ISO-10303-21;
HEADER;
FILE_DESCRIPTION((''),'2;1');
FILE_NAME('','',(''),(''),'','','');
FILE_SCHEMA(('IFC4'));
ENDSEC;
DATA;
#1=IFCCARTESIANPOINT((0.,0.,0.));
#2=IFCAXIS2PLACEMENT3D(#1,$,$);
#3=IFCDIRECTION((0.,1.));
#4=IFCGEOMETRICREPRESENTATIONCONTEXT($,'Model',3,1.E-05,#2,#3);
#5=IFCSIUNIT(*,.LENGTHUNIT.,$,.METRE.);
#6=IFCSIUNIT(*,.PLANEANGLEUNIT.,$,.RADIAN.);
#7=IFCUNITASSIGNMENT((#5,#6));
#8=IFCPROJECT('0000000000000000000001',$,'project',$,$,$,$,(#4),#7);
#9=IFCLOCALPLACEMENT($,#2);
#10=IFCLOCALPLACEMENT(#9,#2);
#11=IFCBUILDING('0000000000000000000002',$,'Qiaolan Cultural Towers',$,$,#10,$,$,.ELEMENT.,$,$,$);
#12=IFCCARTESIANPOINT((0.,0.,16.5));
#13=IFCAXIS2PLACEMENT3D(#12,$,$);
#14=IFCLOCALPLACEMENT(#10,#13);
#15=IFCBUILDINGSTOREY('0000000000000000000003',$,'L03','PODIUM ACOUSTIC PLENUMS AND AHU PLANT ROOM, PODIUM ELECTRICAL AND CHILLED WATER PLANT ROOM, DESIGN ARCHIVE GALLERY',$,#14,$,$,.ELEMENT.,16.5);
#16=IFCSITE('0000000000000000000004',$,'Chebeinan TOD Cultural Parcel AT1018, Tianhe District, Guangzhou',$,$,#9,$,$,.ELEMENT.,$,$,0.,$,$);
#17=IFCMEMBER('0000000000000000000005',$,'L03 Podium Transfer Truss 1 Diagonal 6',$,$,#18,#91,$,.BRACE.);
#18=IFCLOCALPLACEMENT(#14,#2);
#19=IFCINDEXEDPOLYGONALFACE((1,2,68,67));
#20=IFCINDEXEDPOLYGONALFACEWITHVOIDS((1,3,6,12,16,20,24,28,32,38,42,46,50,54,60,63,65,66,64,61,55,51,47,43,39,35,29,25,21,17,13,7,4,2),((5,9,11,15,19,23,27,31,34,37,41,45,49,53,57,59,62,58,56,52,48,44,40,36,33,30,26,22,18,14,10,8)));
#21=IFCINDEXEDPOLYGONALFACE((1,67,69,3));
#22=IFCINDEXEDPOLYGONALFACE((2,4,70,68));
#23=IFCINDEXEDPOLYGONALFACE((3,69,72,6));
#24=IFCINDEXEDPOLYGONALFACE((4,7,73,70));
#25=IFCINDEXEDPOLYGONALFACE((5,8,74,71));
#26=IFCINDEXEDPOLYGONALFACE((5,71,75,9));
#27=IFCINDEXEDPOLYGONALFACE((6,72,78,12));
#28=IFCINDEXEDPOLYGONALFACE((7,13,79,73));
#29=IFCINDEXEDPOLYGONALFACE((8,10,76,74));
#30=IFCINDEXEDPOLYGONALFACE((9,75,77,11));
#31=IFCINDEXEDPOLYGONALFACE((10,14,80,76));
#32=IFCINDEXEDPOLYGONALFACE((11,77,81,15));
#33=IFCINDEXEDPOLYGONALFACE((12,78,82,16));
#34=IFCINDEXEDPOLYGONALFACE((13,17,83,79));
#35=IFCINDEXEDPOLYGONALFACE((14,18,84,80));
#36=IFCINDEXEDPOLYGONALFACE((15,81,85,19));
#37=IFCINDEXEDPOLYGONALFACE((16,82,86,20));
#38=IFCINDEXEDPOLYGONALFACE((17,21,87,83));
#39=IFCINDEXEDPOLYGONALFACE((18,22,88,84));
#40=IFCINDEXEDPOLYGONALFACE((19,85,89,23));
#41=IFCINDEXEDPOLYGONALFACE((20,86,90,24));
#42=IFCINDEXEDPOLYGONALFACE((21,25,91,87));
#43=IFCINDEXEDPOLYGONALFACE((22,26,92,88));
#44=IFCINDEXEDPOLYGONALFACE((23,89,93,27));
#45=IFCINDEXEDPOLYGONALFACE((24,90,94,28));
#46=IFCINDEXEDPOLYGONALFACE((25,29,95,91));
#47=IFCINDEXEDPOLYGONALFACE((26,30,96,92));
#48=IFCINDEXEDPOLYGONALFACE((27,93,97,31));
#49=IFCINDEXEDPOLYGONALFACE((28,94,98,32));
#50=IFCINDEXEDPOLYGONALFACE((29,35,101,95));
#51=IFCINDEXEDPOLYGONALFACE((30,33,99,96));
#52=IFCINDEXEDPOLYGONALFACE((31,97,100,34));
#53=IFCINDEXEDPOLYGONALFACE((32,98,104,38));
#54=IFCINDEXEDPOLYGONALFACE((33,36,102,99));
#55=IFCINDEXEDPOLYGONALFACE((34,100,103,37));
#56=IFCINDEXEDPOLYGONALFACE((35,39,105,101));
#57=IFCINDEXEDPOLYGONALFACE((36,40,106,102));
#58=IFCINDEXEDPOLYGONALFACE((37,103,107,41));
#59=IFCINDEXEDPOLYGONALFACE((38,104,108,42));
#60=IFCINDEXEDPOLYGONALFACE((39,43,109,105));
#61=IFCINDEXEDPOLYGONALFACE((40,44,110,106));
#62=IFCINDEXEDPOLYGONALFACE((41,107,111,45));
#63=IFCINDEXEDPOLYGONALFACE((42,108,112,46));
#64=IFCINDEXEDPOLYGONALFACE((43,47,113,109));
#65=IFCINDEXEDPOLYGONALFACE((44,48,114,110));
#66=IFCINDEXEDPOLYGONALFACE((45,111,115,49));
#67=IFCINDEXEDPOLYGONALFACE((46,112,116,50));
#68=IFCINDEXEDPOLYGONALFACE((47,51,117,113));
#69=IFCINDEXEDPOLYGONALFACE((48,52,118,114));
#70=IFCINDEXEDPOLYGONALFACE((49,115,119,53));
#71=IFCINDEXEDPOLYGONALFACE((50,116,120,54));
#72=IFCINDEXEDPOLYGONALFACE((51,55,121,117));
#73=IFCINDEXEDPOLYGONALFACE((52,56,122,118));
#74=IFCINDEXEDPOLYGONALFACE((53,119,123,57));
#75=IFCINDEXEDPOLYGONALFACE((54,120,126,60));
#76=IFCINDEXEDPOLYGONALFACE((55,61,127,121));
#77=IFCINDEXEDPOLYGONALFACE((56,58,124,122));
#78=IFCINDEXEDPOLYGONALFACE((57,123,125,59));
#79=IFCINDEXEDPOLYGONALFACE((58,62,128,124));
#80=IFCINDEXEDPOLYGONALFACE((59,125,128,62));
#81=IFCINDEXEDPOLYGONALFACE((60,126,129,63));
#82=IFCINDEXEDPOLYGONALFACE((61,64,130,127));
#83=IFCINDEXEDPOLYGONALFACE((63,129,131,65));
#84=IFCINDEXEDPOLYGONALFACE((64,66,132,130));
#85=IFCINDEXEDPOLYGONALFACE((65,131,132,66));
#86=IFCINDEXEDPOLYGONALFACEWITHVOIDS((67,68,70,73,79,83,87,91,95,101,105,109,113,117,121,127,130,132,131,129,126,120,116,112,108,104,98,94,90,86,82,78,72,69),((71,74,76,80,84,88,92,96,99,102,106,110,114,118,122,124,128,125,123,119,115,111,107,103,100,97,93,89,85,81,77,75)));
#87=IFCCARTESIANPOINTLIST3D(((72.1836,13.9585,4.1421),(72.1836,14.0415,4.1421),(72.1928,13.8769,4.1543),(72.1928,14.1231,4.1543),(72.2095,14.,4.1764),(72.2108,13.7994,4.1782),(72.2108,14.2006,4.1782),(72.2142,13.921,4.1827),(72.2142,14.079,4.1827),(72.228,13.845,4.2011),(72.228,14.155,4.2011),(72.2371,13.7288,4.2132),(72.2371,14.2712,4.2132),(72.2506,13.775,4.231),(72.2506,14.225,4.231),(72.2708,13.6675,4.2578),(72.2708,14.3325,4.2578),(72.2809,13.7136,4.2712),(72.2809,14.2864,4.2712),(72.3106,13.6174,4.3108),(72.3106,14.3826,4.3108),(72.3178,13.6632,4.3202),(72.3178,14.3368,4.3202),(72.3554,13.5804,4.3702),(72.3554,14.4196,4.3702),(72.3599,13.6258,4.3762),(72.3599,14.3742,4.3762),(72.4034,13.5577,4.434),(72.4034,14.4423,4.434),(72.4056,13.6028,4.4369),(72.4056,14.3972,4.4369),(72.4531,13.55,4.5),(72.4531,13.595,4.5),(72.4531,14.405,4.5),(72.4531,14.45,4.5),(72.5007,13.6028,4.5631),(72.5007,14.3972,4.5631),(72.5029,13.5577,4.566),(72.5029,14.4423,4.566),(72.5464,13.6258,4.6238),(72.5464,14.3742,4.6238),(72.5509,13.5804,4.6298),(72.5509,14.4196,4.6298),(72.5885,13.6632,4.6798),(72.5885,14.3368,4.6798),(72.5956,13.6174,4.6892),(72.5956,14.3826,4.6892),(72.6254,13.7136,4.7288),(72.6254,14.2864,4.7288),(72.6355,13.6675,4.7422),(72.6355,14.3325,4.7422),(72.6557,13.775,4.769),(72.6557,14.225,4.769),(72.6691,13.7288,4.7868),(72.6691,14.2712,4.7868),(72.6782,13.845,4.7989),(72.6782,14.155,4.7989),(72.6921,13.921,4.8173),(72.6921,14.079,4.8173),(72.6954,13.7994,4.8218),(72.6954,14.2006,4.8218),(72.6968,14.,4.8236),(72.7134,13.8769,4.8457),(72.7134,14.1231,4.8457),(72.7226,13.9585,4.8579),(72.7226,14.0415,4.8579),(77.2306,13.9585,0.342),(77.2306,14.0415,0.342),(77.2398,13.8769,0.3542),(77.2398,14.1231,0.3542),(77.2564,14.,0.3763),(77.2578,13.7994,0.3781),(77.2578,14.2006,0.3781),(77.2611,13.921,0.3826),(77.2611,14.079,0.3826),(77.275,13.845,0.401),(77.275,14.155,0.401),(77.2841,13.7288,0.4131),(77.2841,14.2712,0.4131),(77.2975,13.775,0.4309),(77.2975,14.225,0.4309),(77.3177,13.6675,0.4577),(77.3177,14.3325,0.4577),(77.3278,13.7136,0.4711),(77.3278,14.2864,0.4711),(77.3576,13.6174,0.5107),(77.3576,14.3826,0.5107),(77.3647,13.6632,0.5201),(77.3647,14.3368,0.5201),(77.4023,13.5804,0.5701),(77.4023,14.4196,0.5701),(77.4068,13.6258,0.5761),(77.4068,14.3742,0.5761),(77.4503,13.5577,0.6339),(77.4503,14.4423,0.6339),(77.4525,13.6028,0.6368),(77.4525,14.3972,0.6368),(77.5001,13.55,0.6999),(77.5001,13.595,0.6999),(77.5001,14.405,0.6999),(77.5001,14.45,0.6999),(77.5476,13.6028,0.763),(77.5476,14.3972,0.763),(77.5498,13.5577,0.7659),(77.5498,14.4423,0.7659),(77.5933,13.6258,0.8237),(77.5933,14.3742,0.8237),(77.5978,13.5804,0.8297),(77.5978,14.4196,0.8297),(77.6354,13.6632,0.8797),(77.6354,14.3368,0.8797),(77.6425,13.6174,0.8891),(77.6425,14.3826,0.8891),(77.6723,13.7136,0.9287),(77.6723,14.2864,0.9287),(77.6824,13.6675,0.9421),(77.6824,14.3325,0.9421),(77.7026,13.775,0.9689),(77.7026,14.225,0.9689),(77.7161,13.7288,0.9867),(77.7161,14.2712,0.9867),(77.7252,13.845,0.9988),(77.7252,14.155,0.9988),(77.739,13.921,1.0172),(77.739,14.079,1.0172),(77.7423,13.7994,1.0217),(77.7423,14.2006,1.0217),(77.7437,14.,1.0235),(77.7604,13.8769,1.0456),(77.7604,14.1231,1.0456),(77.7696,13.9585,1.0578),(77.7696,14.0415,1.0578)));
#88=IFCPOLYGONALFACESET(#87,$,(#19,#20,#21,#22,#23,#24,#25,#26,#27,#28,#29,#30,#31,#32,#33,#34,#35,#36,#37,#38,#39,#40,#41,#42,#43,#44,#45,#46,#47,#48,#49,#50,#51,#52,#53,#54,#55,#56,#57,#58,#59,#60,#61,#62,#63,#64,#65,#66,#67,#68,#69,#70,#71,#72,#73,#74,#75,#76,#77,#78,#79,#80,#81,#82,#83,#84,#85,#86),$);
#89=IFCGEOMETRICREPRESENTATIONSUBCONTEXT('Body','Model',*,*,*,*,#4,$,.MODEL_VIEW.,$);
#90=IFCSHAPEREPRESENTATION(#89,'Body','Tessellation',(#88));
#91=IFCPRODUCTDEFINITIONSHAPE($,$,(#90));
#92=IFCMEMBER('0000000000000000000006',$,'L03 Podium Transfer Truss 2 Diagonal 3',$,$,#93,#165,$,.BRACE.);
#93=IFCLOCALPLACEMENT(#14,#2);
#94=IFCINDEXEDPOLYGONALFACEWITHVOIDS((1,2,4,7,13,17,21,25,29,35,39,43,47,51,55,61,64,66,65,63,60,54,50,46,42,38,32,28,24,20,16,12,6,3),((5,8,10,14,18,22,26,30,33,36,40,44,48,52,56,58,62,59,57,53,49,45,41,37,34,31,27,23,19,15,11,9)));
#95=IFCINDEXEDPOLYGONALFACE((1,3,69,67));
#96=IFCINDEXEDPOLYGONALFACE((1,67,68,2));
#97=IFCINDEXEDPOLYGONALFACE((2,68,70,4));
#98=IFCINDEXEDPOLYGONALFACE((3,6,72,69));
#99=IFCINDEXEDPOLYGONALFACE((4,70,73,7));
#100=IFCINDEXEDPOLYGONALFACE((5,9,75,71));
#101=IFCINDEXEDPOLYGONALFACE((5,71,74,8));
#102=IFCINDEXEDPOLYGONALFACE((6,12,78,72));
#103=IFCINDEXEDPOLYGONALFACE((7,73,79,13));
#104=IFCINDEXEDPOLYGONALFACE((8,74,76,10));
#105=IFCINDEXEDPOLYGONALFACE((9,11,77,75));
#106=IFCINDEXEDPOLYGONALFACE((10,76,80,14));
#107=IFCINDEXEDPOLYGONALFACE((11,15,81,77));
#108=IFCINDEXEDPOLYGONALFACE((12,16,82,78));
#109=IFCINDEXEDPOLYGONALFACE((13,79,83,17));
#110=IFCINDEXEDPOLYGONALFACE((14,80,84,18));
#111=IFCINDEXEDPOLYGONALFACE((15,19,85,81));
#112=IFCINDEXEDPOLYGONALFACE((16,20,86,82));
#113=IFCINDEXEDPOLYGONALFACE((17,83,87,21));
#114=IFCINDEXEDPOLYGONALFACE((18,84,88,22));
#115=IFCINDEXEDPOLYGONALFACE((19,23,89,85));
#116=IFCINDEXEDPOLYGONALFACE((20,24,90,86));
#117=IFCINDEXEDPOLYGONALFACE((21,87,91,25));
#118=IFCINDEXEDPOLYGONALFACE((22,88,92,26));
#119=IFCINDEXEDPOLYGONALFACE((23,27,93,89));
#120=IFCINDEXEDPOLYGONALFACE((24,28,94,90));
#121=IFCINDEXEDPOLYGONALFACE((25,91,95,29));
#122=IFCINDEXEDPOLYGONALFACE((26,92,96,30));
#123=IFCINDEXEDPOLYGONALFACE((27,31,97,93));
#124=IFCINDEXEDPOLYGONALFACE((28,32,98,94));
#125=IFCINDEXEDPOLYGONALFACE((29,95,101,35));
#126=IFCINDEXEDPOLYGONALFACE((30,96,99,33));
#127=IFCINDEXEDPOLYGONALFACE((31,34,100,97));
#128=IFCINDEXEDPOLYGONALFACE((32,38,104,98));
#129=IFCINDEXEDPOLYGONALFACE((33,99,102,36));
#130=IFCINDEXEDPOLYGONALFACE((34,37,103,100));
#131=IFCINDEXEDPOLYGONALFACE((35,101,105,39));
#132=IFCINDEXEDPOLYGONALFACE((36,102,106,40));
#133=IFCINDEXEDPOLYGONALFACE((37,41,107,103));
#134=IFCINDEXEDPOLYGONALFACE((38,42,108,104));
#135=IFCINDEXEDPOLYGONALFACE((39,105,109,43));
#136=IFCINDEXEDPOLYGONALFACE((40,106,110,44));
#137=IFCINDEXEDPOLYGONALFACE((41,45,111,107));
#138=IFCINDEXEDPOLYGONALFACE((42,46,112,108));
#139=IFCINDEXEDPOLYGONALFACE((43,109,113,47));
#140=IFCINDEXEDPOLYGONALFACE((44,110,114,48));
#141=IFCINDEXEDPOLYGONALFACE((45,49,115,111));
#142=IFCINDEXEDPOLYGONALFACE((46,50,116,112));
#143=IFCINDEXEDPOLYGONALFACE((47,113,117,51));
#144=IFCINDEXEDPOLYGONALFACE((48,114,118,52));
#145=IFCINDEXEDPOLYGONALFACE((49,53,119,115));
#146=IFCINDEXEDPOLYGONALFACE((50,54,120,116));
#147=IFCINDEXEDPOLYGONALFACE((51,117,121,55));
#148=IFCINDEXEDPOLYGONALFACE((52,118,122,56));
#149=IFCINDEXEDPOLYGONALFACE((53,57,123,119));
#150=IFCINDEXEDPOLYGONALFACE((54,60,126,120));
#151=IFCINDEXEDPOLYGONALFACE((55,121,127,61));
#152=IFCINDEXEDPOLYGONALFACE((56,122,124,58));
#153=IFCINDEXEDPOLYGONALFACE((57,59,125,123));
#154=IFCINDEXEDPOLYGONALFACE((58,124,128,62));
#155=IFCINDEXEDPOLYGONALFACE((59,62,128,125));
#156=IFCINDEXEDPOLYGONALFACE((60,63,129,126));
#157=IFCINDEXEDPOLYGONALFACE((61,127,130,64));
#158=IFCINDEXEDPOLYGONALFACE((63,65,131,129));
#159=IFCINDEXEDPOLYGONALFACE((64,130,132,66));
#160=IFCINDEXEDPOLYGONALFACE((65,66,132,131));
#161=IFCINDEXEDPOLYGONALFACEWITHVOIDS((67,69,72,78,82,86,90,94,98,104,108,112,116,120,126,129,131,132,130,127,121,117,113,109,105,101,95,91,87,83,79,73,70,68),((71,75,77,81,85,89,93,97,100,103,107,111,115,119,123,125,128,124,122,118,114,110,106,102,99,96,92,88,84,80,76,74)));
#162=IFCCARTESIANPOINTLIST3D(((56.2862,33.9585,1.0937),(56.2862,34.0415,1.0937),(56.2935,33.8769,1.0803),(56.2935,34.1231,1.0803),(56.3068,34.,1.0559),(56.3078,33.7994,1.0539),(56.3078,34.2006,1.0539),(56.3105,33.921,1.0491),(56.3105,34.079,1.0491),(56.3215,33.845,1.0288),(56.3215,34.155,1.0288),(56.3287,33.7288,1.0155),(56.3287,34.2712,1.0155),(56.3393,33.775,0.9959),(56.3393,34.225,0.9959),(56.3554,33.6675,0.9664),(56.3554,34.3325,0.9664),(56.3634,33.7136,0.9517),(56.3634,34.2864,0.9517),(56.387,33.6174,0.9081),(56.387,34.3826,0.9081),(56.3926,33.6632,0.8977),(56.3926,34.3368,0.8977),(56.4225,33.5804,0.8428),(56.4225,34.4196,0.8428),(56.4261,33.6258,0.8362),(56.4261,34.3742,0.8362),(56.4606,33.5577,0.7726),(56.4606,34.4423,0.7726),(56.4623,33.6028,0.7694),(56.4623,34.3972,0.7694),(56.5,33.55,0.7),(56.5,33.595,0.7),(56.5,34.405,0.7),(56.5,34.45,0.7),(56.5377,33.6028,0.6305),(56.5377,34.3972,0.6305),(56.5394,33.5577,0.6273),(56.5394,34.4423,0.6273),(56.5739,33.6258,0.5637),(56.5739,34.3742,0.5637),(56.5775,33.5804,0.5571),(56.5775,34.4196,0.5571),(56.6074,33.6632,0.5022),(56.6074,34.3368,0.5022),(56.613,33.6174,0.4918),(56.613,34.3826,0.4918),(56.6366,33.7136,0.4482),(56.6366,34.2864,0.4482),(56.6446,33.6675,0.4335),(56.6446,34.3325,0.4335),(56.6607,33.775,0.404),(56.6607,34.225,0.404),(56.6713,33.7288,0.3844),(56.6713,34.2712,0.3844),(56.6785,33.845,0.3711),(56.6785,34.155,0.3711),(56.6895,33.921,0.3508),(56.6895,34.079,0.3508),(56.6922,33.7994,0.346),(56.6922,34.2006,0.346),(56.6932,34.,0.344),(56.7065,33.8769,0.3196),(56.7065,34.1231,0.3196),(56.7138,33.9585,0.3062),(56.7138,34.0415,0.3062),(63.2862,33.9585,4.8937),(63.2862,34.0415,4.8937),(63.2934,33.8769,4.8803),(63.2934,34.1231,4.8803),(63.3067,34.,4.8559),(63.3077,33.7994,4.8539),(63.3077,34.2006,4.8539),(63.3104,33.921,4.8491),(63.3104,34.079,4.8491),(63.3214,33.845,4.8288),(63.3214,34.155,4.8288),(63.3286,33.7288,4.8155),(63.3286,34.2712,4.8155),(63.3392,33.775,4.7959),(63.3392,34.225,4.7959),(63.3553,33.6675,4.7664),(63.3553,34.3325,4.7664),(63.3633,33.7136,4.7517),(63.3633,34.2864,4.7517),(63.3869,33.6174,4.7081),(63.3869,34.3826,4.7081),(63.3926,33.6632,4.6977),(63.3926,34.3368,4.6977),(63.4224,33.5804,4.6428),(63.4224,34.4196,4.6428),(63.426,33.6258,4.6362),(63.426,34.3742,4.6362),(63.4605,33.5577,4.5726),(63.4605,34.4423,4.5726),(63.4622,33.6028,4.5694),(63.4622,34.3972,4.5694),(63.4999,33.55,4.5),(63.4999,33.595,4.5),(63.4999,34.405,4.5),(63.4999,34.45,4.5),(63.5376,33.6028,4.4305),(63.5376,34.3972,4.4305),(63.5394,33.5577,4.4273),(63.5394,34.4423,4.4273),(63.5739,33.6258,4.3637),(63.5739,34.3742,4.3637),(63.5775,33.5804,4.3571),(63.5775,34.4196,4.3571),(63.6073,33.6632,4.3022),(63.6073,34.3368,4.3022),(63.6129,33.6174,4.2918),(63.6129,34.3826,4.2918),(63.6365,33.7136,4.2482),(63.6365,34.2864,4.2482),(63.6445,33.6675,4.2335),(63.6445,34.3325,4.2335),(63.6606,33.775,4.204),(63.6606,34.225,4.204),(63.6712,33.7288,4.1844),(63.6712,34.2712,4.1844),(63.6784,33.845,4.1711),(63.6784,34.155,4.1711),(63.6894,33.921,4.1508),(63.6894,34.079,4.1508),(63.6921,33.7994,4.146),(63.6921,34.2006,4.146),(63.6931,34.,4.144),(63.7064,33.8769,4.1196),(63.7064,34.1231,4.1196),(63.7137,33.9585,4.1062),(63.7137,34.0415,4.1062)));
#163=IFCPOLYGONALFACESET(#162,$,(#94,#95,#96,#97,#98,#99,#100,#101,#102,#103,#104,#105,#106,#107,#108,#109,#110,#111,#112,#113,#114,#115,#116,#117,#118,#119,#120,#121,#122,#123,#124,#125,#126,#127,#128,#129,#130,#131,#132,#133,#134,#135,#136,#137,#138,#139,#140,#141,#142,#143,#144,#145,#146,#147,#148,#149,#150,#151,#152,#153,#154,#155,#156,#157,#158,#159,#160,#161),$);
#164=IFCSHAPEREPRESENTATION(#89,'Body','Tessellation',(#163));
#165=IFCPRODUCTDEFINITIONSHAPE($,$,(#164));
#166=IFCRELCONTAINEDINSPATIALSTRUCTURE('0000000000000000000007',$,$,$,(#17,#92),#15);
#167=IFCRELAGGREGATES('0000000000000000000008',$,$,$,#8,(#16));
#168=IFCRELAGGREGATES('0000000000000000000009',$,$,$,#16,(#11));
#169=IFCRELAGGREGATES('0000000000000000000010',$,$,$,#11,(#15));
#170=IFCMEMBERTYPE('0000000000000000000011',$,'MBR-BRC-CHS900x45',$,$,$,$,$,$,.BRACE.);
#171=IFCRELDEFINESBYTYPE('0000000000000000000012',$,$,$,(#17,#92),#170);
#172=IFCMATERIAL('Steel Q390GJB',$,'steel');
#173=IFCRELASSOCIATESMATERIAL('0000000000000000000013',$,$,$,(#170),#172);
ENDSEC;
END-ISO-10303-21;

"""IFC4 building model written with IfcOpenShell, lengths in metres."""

from ifc_helpers import new_model, si_unit, direction, frame, origin, origin_2d, place, context, subcontext, project, spatial, hollow_circle, extrude, material, material_profile, profile_set, type_object, element, save


model = new_model("IFC4")

# Units and contexts
model_context = context("Model", 3, precision=1e-05, world=origin(), true_north=direction((0.0, 1.0)))
body_context = subcontext(model_context, "Body", "Model", "MODEL_VIEW")
ifc_project = project(units=[si_unit("LENGTHUNIT", "METRE"), si_unit("PLANEANGLEUNIT", "RADIAN")], contexts=[model_context])

# Site, building, storey
site_placement = place(None, origin())
site = spatial("IfcSite", under=ifc_project, at=site_placement, Name="Chebeinan TOD Cultural Parcel AT1018, Tianhe District, Guangzhou", CompositionType="ELEMENT", RefElevation=0.0)
building_placement = place(site_placement, origin())
building = spatial("IfcBuilding", under=site, at=building_placement, Name="Qiaolan Cultural Towers", CompositionType="ELEMENT")
storey_placement = place(building_placement, frame((0.0, 0.0, 16.5)))
storey = spatial("IfcBuildingStorey", under=building, at=storey_placement, Name="L03", Description="PODIUM ACOUSTIC PLENUMS AND AHU PLANT ROOM, PODIUM ELECTRICAL AND CHILLED WATER PLANT ROOM, DESIGN ARCHIVE GALLERY", CompositionType="ELEMENT", Elevation=16.5)

# Members
ifc_material_1 = material(Name="Steel Q390GJB", Category="steel")
ifc_material_profile_1 = material_profile(ifc_material_1, hollow_circle(Radius=0.45, WallThickness=0.0449, at=origin_2d()), Name="CHS900x45")
ifc_profile_set_1 = profile_set([ifc_material_profile_1], Name="Steel Q390GJB")
member_type_1 = type_object("IfcMemberType", Name="MBR-BRC-CHS900x45", PredefinedType="BRACE", material=ifc_profile_set_1)
member_1_placement = place(storey_placement, frame((72.4531, 14.0, 4.5), z_axis=(0.798867, 0.0, -0.601508), x_axis=(0.0, 1.0, 0.0)))
element("IfcMember", 1, at=member_1_placement, inside=storey, type_object=member_type_1, Name="L03 Podium Transfer Truss 1 Diagonal 6", PredefinedType="BRACE", context=body_context, shape_type="SweptSolid", body=[
    extrude(hollow_circle(Radius=0.45, WallThickness=0.0449, at=origin_2d()), origin(), (0.0, 0.0, 1.0), 6.3176),
])
member_2_placement = place(storey_placement, frame((56.5, 34.0, 0.7), z_axis=(0.878851, 0.0, 0.477097), x_axis=(0.0, 1.0, 0.0)))
element("IfcMember", 2, at=member_2_placement, inside=storey, type_object=member_type_1, Name="L03 Podium Transfer Truss 2 Diagonal 3", PredefinedType="BRACE", context=body_context, shape_type="SweptSolid", body=[
    extrude(hollow_circle(Radius=0.45, WallThickness=0.0449, at=origin_2d()), origin(), (0.0, 0.0, 1.0), 7.9648),
])

save(model, "model.ifc")
